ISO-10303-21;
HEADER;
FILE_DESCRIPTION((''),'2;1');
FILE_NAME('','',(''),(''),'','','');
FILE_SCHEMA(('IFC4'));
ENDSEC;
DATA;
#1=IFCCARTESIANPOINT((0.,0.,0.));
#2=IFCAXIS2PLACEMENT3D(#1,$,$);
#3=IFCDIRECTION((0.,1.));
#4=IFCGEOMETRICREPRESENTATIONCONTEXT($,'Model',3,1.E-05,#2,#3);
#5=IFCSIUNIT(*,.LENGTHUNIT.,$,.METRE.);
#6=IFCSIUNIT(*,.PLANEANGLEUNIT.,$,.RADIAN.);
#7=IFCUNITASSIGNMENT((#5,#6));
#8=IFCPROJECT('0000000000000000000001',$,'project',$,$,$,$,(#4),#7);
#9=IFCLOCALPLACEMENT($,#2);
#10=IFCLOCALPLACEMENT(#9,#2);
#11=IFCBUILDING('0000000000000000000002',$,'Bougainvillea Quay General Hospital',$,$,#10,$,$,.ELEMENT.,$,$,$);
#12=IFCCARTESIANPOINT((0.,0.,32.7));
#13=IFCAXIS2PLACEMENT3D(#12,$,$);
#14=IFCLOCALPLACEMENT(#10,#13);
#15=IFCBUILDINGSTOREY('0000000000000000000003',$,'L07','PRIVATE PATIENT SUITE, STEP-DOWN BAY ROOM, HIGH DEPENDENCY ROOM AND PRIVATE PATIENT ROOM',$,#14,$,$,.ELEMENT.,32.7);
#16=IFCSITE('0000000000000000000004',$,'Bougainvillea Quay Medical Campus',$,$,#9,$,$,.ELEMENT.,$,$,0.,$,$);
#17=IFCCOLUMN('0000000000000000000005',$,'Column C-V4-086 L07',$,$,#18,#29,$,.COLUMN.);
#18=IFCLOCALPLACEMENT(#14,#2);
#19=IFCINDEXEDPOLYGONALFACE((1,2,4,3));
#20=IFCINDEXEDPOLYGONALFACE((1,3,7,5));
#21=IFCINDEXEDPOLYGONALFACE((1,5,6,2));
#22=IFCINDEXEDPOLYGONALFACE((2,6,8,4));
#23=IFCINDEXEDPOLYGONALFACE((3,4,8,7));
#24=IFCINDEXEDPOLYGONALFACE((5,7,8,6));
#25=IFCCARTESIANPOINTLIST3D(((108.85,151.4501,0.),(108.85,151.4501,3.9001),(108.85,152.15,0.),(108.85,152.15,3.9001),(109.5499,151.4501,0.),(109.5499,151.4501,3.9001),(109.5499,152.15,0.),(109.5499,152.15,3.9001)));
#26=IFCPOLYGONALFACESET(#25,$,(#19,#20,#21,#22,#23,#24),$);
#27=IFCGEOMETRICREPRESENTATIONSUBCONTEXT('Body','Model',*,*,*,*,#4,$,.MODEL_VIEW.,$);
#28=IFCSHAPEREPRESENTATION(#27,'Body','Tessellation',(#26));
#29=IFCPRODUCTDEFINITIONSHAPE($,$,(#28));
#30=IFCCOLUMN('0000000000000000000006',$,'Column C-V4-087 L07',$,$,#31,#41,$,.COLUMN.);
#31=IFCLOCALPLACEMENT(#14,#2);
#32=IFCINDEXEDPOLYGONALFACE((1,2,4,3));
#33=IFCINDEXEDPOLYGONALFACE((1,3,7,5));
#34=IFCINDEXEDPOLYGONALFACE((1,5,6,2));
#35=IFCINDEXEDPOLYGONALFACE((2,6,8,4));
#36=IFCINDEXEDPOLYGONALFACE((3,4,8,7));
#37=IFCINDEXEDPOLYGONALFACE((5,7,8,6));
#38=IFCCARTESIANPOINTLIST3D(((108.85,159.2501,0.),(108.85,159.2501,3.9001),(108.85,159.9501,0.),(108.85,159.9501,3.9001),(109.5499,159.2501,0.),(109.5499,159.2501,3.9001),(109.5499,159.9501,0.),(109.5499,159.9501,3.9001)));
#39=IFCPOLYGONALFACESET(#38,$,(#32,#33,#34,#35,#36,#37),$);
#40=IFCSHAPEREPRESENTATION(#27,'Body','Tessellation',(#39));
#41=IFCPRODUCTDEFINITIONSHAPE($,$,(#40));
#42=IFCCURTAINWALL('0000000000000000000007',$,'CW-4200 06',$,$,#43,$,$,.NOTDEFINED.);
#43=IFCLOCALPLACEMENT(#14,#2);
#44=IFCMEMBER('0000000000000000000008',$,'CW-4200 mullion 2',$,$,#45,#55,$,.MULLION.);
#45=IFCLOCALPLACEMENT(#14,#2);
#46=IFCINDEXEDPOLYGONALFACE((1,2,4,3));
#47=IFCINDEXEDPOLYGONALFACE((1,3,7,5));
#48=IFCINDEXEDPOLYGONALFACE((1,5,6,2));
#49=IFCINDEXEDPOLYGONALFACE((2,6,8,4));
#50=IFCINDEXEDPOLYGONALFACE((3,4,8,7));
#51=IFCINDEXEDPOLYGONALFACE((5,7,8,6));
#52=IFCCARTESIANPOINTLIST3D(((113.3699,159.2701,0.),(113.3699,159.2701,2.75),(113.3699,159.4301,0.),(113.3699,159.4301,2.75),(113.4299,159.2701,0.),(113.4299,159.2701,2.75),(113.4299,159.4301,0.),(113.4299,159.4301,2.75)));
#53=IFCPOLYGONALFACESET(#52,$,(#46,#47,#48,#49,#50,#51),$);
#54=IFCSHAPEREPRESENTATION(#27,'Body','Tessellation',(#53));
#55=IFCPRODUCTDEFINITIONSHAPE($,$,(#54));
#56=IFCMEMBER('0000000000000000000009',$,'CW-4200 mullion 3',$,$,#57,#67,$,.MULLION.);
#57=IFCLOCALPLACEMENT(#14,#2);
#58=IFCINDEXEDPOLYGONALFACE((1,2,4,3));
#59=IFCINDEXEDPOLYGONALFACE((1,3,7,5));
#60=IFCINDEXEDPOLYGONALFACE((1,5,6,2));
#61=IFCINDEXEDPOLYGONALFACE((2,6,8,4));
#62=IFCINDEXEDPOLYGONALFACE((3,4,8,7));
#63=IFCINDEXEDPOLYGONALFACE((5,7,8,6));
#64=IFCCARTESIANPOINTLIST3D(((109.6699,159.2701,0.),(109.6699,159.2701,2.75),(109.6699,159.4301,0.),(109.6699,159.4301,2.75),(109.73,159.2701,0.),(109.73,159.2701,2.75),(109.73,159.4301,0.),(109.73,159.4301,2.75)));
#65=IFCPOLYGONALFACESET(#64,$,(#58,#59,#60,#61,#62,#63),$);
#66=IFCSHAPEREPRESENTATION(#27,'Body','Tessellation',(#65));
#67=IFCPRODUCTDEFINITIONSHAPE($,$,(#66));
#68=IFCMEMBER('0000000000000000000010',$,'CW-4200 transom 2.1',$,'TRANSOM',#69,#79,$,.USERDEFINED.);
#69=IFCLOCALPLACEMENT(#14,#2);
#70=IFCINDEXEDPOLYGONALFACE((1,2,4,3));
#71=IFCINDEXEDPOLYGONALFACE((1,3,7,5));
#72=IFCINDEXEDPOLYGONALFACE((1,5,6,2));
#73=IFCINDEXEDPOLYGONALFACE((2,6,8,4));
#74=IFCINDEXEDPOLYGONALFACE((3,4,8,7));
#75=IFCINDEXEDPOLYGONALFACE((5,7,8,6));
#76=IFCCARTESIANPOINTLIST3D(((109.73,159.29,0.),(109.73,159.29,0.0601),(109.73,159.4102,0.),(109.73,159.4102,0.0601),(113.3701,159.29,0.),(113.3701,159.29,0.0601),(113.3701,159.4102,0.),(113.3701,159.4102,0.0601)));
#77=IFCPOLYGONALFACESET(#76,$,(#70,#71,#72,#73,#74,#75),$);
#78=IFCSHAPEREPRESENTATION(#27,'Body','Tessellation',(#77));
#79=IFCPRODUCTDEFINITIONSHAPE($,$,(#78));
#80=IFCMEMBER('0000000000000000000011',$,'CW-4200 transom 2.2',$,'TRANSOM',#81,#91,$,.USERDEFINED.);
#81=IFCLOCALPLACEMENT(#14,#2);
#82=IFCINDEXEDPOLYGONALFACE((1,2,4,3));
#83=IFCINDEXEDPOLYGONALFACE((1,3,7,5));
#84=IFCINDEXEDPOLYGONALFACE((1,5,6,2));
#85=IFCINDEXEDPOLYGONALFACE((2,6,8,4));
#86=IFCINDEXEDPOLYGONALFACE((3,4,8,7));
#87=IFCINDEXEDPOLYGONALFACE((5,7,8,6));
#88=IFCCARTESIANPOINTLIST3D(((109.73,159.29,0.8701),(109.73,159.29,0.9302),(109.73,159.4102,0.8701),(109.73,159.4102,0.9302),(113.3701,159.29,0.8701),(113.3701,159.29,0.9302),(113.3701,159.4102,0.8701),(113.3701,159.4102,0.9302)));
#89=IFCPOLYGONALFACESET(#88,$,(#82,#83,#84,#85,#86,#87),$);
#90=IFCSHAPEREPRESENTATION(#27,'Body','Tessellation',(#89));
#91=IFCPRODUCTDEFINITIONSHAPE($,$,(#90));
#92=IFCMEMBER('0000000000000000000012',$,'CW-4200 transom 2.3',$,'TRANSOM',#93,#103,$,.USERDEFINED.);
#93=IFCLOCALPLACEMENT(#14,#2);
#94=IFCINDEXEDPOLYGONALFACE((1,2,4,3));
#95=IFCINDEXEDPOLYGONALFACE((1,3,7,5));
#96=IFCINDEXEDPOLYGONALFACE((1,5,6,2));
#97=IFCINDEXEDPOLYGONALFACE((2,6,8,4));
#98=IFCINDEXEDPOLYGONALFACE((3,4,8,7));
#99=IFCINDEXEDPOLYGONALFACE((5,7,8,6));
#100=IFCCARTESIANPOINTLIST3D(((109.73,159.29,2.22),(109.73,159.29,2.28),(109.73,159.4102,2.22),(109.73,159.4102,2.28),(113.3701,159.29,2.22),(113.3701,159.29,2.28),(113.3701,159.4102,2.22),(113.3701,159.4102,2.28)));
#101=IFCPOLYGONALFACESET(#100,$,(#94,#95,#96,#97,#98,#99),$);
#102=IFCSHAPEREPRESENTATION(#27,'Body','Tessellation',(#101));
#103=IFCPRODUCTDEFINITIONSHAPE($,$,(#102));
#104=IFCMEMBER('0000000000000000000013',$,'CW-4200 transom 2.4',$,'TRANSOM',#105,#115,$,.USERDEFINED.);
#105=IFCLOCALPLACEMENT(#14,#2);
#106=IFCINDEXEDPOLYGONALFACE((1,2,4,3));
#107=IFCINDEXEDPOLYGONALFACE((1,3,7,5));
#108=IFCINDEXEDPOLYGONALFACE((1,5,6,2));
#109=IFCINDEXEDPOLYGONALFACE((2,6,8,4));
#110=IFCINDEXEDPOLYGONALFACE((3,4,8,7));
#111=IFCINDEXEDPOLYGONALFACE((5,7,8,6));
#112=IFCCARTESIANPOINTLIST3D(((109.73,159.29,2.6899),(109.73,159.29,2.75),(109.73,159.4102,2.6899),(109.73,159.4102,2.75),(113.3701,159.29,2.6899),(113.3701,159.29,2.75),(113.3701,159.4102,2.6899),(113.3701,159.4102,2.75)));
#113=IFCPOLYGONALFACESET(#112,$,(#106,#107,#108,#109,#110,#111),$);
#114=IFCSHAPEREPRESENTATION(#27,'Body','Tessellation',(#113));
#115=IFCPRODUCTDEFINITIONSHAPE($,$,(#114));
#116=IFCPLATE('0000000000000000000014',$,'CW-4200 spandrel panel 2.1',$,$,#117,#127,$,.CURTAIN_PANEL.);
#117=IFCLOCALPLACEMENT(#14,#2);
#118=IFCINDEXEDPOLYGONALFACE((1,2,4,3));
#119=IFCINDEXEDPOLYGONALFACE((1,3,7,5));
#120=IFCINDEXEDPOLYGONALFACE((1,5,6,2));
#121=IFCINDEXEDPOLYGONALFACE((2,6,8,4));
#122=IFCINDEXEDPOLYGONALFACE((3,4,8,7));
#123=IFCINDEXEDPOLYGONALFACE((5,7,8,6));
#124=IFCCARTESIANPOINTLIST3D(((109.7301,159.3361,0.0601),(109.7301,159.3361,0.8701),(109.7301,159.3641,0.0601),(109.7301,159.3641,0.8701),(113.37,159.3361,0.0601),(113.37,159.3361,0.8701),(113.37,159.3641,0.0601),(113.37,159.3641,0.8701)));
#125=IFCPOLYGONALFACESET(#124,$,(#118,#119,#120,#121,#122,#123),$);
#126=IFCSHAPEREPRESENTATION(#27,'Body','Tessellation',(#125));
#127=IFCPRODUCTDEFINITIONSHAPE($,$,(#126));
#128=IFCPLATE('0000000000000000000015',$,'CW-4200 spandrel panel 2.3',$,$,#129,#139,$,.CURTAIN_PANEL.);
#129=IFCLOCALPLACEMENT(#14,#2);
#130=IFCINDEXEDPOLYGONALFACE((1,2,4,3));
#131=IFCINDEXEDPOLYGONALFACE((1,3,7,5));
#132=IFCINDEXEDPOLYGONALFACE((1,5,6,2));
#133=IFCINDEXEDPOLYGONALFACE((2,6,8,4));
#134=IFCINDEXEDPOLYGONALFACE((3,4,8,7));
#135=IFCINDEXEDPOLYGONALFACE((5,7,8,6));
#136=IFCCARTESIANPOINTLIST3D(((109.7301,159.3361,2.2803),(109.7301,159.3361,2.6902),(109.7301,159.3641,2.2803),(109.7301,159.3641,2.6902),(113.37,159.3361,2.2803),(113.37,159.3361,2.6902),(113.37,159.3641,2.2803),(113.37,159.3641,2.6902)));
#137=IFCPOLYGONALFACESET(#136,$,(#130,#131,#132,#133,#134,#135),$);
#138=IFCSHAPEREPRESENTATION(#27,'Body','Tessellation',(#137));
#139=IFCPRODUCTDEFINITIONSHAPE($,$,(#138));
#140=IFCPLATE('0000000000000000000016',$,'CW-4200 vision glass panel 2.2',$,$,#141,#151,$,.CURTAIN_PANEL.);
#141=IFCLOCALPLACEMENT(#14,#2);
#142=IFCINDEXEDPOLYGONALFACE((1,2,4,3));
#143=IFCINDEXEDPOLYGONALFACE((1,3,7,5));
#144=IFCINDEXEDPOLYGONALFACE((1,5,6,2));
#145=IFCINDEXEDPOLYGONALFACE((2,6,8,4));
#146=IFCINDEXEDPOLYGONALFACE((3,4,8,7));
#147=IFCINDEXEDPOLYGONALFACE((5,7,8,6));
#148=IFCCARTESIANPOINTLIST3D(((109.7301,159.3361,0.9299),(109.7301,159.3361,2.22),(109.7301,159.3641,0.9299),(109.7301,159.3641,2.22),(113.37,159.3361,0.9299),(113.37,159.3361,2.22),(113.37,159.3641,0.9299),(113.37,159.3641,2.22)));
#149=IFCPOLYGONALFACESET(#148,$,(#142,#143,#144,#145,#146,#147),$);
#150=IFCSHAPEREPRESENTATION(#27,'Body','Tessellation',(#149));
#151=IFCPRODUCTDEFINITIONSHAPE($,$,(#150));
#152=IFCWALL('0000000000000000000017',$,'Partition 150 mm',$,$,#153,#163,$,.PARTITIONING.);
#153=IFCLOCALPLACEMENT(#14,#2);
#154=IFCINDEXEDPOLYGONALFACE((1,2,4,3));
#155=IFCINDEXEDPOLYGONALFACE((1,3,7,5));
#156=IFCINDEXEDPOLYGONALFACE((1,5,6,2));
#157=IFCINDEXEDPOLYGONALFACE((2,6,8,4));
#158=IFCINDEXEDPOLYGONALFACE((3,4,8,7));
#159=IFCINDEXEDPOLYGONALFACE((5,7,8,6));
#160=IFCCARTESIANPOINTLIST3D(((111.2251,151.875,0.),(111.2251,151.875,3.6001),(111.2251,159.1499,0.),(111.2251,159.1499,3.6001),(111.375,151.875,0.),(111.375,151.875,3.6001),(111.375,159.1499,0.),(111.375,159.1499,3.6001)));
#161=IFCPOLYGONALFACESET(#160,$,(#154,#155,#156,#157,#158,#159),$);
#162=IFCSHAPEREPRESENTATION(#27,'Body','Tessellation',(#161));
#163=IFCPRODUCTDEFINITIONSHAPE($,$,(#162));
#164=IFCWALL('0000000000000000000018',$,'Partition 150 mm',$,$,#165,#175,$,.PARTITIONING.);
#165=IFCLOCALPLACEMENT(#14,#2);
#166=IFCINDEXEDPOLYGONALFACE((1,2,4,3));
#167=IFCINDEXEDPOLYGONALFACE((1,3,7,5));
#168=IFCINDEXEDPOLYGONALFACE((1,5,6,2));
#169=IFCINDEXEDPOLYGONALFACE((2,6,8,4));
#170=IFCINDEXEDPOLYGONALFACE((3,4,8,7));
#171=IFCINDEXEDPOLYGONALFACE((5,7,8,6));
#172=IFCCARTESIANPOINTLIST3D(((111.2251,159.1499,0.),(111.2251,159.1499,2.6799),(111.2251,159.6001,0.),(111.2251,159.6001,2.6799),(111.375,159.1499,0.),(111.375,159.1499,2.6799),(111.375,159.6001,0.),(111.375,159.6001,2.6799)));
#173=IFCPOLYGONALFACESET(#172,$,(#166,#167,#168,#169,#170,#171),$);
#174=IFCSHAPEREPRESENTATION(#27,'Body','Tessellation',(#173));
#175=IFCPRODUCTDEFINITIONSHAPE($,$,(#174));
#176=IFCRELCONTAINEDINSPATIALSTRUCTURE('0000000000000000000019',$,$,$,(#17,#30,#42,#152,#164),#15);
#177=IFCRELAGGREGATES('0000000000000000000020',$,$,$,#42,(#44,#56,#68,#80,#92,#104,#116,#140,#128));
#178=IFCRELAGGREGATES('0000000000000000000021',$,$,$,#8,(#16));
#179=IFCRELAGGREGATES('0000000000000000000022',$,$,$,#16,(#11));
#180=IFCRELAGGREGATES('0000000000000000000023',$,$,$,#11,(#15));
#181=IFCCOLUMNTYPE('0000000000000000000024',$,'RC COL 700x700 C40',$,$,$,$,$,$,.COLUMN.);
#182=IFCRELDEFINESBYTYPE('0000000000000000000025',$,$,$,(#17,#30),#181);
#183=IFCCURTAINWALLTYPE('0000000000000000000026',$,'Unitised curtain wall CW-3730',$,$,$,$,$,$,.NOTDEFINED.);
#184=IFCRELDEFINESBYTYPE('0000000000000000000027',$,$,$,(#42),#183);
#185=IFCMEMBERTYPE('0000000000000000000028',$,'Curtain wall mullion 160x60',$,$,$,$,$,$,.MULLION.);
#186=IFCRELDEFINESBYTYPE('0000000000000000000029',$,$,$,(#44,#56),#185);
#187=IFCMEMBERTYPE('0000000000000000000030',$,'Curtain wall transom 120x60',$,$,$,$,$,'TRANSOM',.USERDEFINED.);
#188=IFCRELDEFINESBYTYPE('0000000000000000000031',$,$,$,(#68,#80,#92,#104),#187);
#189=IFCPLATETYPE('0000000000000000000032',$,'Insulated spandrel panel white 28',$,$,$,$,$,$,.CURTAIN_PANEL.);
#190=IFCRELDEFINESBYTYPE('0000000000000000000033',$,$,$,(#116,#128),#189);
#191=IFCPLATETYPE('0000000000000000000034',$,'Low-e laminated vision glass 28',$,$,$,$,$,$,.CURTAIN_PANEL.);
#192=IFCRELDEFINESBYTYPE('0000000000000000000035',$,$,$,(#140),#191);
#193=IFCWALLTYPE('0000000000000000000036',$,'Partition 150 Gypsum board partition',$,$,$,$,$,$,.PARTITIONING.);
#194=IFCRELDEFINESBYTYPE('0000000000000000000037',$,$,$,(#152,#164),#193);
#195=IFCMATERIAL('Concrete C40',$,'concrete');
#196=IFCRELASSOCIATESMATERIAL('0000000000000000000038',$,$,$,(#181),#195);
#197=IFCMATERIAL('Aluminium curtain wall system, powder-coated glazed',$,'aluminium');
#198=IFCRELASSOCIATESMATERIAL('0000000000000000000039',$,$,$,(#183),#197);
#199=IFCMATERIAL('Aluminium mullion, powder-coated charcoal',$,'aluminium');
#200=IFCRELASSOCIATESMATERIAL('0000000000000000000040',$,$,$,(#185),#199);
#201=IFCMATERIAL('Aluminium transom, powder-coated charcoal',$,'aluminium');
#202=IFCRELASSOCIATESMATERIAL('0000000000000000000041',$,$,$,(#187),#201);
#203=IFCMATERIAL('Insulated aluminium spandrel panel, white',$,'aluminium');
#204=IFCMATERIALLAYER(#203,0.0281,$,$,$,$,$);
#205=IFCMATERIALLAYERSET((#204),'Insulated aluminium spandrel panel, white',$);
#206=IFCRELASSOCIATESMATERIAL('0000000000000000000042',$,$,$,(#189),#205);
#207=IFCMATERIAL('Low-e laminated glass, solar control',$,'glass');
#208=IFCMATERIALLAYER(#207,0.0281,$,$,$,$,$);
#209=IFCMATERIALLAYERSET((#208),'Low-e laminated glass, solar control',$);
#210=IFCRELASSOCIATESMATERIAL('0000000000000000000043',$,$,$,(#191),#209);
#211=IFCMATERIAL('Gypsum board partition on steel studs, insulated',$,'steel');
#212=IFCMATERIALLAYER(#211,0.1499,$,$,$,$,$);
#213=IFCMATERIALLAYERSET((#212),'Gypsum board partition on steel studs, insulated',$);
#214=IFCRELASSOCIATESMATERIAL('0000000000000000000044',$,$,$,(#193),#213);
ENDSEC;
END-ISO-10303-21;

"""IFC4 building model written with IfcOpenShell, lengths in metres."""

from ifc_helpers import new_model, si_unit, direction, frame, frame_2d, origin, origin_2d, place, context, subcontext, project, spatial, rectangle, extrude, material, layer, layer_set, material_profile, profile_set, type_object, element, aggregate, save


model = new_model("IFC4")

# Units and contexts
model_context = context("Model", 3, precision=1e-05, world=origin(), true_north=direction((0.0, 1.0)))
body_context = subcontext(model_context, "Body", "Model", "MODEL_VIEW")
ifc_project = project(units=[si_unit("LENGTHUNIT", "METRE"), si_unit("PLANEANGLEUNIT", "RADIAN")], contexts=[model_context])

# Site, building, storey
site_placement = place(None, origin())
site = spatial("IfcSite", under=ifc_project, at=site_placement, Name="Bougainvillea Quay Medical Campus", CompositionType="ELEMENT", RefElevation=0.0)
building_placement = place(site_placement, origin())
building = spatial("IfcBuilding", under=site, at=building_placement, Name="Bougainvillea Quay General Hospital", CompositionType="ELEMENT")
storey_placement = place(building_placement, frame((0.0, 0.0, 32.7)))
storey = spatial("IfcBuildingStorey", under=building, at=storey_placement, Name="L07", Description="PRIVATE PATIENT SUITE, STEP-DOWN BAY ROOM, HIGH DEPENDENCY ROOM AND PRIVATE PATIENT ROOM", CompositionType="ELEMENT", Elevation=32.7)

# Columns
ifc_material_1 = material(Name="Concrete C40", Category="concrete")
ifc_material_profile_1 = material_profile(ifc_material_1, rectangle(XDim=0.7, YDim=0.7, at=origin_2d()))
ifc_profile_set_1 = profile_set([ifc_material_profile_1], Name="Concrete C40")
column_type = type_object("IfcColumnType", Name="RC COL 700x700 C40", PredefinedType="COLUMN", material=ifc_profile_set_1)
for number, where, z_axis, x_axis, name in (
    (1, (109.2, 151.8, 0.0), (0.0, 0.0, 1.0), (1.0, 0.0, 0.0), "Column C-V4-086 L07"),
    (2, (109.2, 159.6001, 0.0), (0.0, 0.0, 1.0), (1.0, 0.0, 0.0), "Column C-V4-087 L07"),
):
    element("IfcColumn", number, at=place(storey_placement, frame(where, z_axis=z_axis, x_axis=x_axis)), inside=storey, type_object=column_type, Name=name, PredefinedType="COLUMN", context=body_context, shape_type="SweptSolid", body=[
        extrude(rectangle(XDim=0.7, YDim=0.7, at=origin_2d()), origin(), (0.0, 0.0, 1.0), 3.9001),
    ])

# Curtain wall, members, plates
ifc_material_2 = material(Name="Aluminium curtain wall system, powder-coated glazed", Category="aluminium")
curtain_wall_type = type_object("IfcCurtainWallType", Name="Unitised curtain wall CW-3730", PredefinedType="NOTDEFINED", material=ifc_material_2)
curtain_wall_placement = place(storey_placement, origin())
curtain_wall = element("IfcCurtainWall", 3, at=curtain_wall_placement, inside=storey, type_object=curtain_wall_type, Name="CW-4200 06", PredefinedType="NOTDEFINED")
ifc_material_3 = material(Name="Aluminium mullion, powder-coated charcoal", Category="aluminium")
ifc_material_profile_2 = material_profile(ifc_material_3, rectangle(XDim=0.1599, YDim=0.0601, at=origin_2d()))
ifc_profile_set_2 = profile_set([ifc_material_profile_2], Name="Aluminium mullion, powder-coated charcoal")
member_type_1 = type_object("IfcMemberType", Name="Curtain wall mullion 160x60", PredefinedType="MULLION", material=ifc_profile_set_2)
member_1_placement = place(storey_placement, frame((113.3999, 159.3501, 0.0), z_axis=(0.0, 0.0, 1.0), x_axis=(0.0, -1.0, 0.0)))
member_1 = element("IfcMember", 4, at=member_1_placement, type_object=member_type_1, Name="CW-4200 mullion 2", PredefinedType="MULLION", context=body_context, shape_type="SweptSolid", body=[
    extrude(rectangle(XDim=0.1599, YDim=0.0601, at=origin_2d()), origin(), (0.0, 0.0, 1.0), 2.75),
])
member_2_placement = place(storey_placement, frame((109.7, 159.3501, 0.0), z_axis=(0.0, 0.0, 1.0), x_axis=(0.0, -1.0, 0.0)))
member_2 = element("IfcMember", 5, at=member_2_placement, type_object=member_type_1, Name="CW-4200 mullion 3", PredefinedType="MULLION", context=body_context, shape_type="SweptSolid", body=[
    extrude(rectangle(XDim=0.1599, YDim=0.0601, at=origin_2d()), origin(), (0.0, 0.0, 1.0), 2.75),
])
ifc_material_4 = material(Name="Aluminium transom, powder-coated charcoal", Category="aluminium")
ifc_material_profile_3 = material_profile(ifc_material_4, rectangle(XDim=0.1201, YDim=0.0601, at=origin_2d()))
ifc_profile_set_3 = profile_set([ifc_material_profile_3], Name="Aluminium transom, powder-coated charcoal")
member_type_2 = type_object("IfcMemberType", Name="Curtain wall transom 120x60", ElementType="TRANSOM", PredefinedType="USERDEFINED", material=ifc_profile_set_3)
member_3_placement = place(storey_placement, frame((113.3701, 159.3501, 0.03), z_axis=(-1.0, 0.0, 0.0), x_axis=(0.0, -1.0, 0.0)))
member_3 = element("IfcMember", 6, at=member_3_placement, type_object=member_type_2, Name="CW-4200 transom 2.1", ObjectType="TRANSOM", PredefinedType="USERDEFINED", context=body_context, shape_type="SweptSolid", body=[
    extrude(rectangle(XDim=0.1201, YDim=0.0601, at=origin_2d()), origin(), (0.0, 0.0, 1.0), 3.6401),
])
member_4_placement = place(storey_placement, frame((113.3701, 159.3501, 0.9001), z_axis=(-1.0, 0.0, 0.0), x_axis=(0.0, -1.0, 0.0)))
member_4 = element("IfcMember", 7, at=member_4_placement, type_object=member_type_2, Name="CW-4200 transom 2.2", ObjectType="TRANSOM", PredefinedType="USERDEFINED", context=body_context, shape_type="SweptSolid", body=[
    extrude(rectangle(XDim=0.1201, YDim=0.0601, at=origin_2d()), origin(), (0.0, 0.0, 1.0), 3.6401),
])
member_5_placement = place(storey_placement, frame((113.3701, 159.3501, 2.25), z_axis=(-1.0, 0.0, 0.0), x_axis=(0.0, -1.0, 0.0)))
member_5 = element("IfcMember", 8, at=member_5_placement, type_object=member_type_2, Name="CW-4200 transom 2.3", ObjectType="TRANSOM", PredefinedType="USERDEFINED", context=body_context, shape_type="SweptSolid", body=[
    extrude(rectangle(XDim=0.1201, YDim=0.0601, at=origin_2d()), origin(), (0.0, 0.0, 1.0), 3.6401),
])
member_6_placement = place(storey_placement, frame((113.3701, 159.3501, 2.72), z_axis=(-1.0, 0.0, 0.0), x_axis=(0.0, -1.0, 0.0)))
member_6 = element("IfcMember", 9, at=member_6_placement, type_object=member_type_2, Name="CW-4200 transom 2.4", ObjectType="TRANSOM", PredefinedType="USERDEFINED", context=body_context, shape_type="SweptSolid", body=[
    extrude(rectangle(XDim=0.1201, YDim=0.0601, at=origin_2d()), origin(), (0.0, 0.0, 1.0), 3.6401),
])
ifc_material_5 = material(Name="Insulated aluminium spandrel panel, white", Category="aluminium")
ifc_layer_1 = layer(ifc_material_5, 0.0281)
ifc_layer_set_1 = layer_set([ifc_layer_1], Name="Insulated aluminium spandrel panel, white")
plate_type_1 = type_object("IfcPlateType", Name="Insulated spandrel panel white 28", PredefinedType="CURTAIN_PANEL", material=ifc_layer_set_1)
plate_1_placement = place(storey_placement, frame((111.55, 159.3501, 0.0601), z_axis=(0.0, 0.0, 1.0), x_axis=(-1.0, 0.0, 0.0)))
plate_1 = element("IfcPlate", 10, at=plate_1_placement, type_object=plate_type_1, Name="CW-4200 spandrel panel 2.1", PredefinedType="CURTAIN_PANEL", context=body_context, shape_type="SweptSolid", body=[
    extrude(rectangle(XDim=3.6399, YDim=0.0281, at=origin_2d()), origin(), (0.0, 0.0, 1.0), 0.8101),
])
plate_2_placement = place(storey_placement, frame((111.55, 159.3501, 2.2803), z_axis=(0.0, 0.0, 1.0), x_axis=(-1.0, 0.0, 0.0)))
plate_2 = element("IfcPlate", 11, at=plate_2_placement, type_object=plate_type_1, Name="CW-4200 spandrel panel 2.3", PredefinedType="CURTAIN_PANEL", context=body_context, shape_type="SweptSolid", body=[
    extrude(rectangle(XDim=3.6399, YDim=0.0281, at=origin_2d()), origin(), (0.0, 0.0, 1.0), 0.4099),
])
ifc_material_6 = material(Name="Low-e laminated glass, solar control", Category="glass")
ifc_layer_2 = layer(ifc_material_6, 0.0281)
ifc_layer_set_2 = layer_set([ifc_layer_2], Name="Low-e laminated glass, solar control")
plate_type_2 = type_object("IfcPlateType", Name="Low-e laminated vision glass 28", PredefinedType="CURTAIN_PANEL", material=ifc_layer_set_2)
plate_3_placement = place(storey_placement, frame((111.55, 159.3501, 0.9299), z_axis=(0.0, 0.0, 1.0), x_axis=(-1.0, 0.0, 0.0)))
plate_3 = element("IfcPlate", 12, at=plate_3_placement, type_object=plate_type_2, Name="CW-4200 vision glass panel 2.2", PredefinedType="CURTAIN_PANEL", context=body_context, shape_type="SweptSolid", body=[
    extrude(rectangle(XDim=3.6399, YDim=0.0281, at=origin_2d()), origin(), (0.0, 0.0, 1.0), 1.29),
])
aggregate(curtain_wall, [member_1, member_2, member_3, member_4, member_5, member_6, plate_1, plate_3, plate_2])

# Walls
ifc_material_7 = material(Name="Gypsum board partition on steel studs, insulated", Category="steel")
ifc_layer_3 = layer(ifc_material_7, 0.1499)
ifc_layer_set_3 = layer_set([ifc_layer_3], Name="Gypsum board partition on steel studs, insulated")
wall_type_1 = type_object("IfcWallType", Name="Partition 150 Gypsum board partition", PredefinedType="PARTITIONING", material=ifc_layer_set_3)
wall_1_placement = place(storey_placement, frame((111.3, 151.875, 0.0), z_axis=(0.0, 0.0, 1.0), x_axis=(0.0, 1.0, 0.0)))
element("IfcWall", 13, at=wall_1_placement, inside=storey, type_object=wall_type_1, Name="Partition 150 mm", PredefinedType="PARTITIONING", context=body_context, shape_type="SweptSolid", body=[
    extrude(rectangle(XDim=7.2749, YDim=0.1499, at=frame_2d((3.6375, 0.0))), origin(), (0.0, 0.0, 1.0), 3.6001),
])
wall_2_placement = place(storey_placement, frame((111.3, 159.1499, 0.0), z_axis=(0.0, 0.0, 1.0), x_axis=(0.0, 1.0, 0.0)))
element("IfcWall", 14, at=wall_2_placement, inside=storey, type_object=wall_type_1, Name="Partition 150 mm", PredefinedType="PARTITIONING", context=body_context, shape_type="SweptSolid", body=[
    extrude(rectangle(XDim=0.4502, YDim=0.1499, at=frame_2d((0.2251, 0.0))), origin(), (0.0, 0.0, 1.0), 2.6799),
])

save(model, "model.ifc")
